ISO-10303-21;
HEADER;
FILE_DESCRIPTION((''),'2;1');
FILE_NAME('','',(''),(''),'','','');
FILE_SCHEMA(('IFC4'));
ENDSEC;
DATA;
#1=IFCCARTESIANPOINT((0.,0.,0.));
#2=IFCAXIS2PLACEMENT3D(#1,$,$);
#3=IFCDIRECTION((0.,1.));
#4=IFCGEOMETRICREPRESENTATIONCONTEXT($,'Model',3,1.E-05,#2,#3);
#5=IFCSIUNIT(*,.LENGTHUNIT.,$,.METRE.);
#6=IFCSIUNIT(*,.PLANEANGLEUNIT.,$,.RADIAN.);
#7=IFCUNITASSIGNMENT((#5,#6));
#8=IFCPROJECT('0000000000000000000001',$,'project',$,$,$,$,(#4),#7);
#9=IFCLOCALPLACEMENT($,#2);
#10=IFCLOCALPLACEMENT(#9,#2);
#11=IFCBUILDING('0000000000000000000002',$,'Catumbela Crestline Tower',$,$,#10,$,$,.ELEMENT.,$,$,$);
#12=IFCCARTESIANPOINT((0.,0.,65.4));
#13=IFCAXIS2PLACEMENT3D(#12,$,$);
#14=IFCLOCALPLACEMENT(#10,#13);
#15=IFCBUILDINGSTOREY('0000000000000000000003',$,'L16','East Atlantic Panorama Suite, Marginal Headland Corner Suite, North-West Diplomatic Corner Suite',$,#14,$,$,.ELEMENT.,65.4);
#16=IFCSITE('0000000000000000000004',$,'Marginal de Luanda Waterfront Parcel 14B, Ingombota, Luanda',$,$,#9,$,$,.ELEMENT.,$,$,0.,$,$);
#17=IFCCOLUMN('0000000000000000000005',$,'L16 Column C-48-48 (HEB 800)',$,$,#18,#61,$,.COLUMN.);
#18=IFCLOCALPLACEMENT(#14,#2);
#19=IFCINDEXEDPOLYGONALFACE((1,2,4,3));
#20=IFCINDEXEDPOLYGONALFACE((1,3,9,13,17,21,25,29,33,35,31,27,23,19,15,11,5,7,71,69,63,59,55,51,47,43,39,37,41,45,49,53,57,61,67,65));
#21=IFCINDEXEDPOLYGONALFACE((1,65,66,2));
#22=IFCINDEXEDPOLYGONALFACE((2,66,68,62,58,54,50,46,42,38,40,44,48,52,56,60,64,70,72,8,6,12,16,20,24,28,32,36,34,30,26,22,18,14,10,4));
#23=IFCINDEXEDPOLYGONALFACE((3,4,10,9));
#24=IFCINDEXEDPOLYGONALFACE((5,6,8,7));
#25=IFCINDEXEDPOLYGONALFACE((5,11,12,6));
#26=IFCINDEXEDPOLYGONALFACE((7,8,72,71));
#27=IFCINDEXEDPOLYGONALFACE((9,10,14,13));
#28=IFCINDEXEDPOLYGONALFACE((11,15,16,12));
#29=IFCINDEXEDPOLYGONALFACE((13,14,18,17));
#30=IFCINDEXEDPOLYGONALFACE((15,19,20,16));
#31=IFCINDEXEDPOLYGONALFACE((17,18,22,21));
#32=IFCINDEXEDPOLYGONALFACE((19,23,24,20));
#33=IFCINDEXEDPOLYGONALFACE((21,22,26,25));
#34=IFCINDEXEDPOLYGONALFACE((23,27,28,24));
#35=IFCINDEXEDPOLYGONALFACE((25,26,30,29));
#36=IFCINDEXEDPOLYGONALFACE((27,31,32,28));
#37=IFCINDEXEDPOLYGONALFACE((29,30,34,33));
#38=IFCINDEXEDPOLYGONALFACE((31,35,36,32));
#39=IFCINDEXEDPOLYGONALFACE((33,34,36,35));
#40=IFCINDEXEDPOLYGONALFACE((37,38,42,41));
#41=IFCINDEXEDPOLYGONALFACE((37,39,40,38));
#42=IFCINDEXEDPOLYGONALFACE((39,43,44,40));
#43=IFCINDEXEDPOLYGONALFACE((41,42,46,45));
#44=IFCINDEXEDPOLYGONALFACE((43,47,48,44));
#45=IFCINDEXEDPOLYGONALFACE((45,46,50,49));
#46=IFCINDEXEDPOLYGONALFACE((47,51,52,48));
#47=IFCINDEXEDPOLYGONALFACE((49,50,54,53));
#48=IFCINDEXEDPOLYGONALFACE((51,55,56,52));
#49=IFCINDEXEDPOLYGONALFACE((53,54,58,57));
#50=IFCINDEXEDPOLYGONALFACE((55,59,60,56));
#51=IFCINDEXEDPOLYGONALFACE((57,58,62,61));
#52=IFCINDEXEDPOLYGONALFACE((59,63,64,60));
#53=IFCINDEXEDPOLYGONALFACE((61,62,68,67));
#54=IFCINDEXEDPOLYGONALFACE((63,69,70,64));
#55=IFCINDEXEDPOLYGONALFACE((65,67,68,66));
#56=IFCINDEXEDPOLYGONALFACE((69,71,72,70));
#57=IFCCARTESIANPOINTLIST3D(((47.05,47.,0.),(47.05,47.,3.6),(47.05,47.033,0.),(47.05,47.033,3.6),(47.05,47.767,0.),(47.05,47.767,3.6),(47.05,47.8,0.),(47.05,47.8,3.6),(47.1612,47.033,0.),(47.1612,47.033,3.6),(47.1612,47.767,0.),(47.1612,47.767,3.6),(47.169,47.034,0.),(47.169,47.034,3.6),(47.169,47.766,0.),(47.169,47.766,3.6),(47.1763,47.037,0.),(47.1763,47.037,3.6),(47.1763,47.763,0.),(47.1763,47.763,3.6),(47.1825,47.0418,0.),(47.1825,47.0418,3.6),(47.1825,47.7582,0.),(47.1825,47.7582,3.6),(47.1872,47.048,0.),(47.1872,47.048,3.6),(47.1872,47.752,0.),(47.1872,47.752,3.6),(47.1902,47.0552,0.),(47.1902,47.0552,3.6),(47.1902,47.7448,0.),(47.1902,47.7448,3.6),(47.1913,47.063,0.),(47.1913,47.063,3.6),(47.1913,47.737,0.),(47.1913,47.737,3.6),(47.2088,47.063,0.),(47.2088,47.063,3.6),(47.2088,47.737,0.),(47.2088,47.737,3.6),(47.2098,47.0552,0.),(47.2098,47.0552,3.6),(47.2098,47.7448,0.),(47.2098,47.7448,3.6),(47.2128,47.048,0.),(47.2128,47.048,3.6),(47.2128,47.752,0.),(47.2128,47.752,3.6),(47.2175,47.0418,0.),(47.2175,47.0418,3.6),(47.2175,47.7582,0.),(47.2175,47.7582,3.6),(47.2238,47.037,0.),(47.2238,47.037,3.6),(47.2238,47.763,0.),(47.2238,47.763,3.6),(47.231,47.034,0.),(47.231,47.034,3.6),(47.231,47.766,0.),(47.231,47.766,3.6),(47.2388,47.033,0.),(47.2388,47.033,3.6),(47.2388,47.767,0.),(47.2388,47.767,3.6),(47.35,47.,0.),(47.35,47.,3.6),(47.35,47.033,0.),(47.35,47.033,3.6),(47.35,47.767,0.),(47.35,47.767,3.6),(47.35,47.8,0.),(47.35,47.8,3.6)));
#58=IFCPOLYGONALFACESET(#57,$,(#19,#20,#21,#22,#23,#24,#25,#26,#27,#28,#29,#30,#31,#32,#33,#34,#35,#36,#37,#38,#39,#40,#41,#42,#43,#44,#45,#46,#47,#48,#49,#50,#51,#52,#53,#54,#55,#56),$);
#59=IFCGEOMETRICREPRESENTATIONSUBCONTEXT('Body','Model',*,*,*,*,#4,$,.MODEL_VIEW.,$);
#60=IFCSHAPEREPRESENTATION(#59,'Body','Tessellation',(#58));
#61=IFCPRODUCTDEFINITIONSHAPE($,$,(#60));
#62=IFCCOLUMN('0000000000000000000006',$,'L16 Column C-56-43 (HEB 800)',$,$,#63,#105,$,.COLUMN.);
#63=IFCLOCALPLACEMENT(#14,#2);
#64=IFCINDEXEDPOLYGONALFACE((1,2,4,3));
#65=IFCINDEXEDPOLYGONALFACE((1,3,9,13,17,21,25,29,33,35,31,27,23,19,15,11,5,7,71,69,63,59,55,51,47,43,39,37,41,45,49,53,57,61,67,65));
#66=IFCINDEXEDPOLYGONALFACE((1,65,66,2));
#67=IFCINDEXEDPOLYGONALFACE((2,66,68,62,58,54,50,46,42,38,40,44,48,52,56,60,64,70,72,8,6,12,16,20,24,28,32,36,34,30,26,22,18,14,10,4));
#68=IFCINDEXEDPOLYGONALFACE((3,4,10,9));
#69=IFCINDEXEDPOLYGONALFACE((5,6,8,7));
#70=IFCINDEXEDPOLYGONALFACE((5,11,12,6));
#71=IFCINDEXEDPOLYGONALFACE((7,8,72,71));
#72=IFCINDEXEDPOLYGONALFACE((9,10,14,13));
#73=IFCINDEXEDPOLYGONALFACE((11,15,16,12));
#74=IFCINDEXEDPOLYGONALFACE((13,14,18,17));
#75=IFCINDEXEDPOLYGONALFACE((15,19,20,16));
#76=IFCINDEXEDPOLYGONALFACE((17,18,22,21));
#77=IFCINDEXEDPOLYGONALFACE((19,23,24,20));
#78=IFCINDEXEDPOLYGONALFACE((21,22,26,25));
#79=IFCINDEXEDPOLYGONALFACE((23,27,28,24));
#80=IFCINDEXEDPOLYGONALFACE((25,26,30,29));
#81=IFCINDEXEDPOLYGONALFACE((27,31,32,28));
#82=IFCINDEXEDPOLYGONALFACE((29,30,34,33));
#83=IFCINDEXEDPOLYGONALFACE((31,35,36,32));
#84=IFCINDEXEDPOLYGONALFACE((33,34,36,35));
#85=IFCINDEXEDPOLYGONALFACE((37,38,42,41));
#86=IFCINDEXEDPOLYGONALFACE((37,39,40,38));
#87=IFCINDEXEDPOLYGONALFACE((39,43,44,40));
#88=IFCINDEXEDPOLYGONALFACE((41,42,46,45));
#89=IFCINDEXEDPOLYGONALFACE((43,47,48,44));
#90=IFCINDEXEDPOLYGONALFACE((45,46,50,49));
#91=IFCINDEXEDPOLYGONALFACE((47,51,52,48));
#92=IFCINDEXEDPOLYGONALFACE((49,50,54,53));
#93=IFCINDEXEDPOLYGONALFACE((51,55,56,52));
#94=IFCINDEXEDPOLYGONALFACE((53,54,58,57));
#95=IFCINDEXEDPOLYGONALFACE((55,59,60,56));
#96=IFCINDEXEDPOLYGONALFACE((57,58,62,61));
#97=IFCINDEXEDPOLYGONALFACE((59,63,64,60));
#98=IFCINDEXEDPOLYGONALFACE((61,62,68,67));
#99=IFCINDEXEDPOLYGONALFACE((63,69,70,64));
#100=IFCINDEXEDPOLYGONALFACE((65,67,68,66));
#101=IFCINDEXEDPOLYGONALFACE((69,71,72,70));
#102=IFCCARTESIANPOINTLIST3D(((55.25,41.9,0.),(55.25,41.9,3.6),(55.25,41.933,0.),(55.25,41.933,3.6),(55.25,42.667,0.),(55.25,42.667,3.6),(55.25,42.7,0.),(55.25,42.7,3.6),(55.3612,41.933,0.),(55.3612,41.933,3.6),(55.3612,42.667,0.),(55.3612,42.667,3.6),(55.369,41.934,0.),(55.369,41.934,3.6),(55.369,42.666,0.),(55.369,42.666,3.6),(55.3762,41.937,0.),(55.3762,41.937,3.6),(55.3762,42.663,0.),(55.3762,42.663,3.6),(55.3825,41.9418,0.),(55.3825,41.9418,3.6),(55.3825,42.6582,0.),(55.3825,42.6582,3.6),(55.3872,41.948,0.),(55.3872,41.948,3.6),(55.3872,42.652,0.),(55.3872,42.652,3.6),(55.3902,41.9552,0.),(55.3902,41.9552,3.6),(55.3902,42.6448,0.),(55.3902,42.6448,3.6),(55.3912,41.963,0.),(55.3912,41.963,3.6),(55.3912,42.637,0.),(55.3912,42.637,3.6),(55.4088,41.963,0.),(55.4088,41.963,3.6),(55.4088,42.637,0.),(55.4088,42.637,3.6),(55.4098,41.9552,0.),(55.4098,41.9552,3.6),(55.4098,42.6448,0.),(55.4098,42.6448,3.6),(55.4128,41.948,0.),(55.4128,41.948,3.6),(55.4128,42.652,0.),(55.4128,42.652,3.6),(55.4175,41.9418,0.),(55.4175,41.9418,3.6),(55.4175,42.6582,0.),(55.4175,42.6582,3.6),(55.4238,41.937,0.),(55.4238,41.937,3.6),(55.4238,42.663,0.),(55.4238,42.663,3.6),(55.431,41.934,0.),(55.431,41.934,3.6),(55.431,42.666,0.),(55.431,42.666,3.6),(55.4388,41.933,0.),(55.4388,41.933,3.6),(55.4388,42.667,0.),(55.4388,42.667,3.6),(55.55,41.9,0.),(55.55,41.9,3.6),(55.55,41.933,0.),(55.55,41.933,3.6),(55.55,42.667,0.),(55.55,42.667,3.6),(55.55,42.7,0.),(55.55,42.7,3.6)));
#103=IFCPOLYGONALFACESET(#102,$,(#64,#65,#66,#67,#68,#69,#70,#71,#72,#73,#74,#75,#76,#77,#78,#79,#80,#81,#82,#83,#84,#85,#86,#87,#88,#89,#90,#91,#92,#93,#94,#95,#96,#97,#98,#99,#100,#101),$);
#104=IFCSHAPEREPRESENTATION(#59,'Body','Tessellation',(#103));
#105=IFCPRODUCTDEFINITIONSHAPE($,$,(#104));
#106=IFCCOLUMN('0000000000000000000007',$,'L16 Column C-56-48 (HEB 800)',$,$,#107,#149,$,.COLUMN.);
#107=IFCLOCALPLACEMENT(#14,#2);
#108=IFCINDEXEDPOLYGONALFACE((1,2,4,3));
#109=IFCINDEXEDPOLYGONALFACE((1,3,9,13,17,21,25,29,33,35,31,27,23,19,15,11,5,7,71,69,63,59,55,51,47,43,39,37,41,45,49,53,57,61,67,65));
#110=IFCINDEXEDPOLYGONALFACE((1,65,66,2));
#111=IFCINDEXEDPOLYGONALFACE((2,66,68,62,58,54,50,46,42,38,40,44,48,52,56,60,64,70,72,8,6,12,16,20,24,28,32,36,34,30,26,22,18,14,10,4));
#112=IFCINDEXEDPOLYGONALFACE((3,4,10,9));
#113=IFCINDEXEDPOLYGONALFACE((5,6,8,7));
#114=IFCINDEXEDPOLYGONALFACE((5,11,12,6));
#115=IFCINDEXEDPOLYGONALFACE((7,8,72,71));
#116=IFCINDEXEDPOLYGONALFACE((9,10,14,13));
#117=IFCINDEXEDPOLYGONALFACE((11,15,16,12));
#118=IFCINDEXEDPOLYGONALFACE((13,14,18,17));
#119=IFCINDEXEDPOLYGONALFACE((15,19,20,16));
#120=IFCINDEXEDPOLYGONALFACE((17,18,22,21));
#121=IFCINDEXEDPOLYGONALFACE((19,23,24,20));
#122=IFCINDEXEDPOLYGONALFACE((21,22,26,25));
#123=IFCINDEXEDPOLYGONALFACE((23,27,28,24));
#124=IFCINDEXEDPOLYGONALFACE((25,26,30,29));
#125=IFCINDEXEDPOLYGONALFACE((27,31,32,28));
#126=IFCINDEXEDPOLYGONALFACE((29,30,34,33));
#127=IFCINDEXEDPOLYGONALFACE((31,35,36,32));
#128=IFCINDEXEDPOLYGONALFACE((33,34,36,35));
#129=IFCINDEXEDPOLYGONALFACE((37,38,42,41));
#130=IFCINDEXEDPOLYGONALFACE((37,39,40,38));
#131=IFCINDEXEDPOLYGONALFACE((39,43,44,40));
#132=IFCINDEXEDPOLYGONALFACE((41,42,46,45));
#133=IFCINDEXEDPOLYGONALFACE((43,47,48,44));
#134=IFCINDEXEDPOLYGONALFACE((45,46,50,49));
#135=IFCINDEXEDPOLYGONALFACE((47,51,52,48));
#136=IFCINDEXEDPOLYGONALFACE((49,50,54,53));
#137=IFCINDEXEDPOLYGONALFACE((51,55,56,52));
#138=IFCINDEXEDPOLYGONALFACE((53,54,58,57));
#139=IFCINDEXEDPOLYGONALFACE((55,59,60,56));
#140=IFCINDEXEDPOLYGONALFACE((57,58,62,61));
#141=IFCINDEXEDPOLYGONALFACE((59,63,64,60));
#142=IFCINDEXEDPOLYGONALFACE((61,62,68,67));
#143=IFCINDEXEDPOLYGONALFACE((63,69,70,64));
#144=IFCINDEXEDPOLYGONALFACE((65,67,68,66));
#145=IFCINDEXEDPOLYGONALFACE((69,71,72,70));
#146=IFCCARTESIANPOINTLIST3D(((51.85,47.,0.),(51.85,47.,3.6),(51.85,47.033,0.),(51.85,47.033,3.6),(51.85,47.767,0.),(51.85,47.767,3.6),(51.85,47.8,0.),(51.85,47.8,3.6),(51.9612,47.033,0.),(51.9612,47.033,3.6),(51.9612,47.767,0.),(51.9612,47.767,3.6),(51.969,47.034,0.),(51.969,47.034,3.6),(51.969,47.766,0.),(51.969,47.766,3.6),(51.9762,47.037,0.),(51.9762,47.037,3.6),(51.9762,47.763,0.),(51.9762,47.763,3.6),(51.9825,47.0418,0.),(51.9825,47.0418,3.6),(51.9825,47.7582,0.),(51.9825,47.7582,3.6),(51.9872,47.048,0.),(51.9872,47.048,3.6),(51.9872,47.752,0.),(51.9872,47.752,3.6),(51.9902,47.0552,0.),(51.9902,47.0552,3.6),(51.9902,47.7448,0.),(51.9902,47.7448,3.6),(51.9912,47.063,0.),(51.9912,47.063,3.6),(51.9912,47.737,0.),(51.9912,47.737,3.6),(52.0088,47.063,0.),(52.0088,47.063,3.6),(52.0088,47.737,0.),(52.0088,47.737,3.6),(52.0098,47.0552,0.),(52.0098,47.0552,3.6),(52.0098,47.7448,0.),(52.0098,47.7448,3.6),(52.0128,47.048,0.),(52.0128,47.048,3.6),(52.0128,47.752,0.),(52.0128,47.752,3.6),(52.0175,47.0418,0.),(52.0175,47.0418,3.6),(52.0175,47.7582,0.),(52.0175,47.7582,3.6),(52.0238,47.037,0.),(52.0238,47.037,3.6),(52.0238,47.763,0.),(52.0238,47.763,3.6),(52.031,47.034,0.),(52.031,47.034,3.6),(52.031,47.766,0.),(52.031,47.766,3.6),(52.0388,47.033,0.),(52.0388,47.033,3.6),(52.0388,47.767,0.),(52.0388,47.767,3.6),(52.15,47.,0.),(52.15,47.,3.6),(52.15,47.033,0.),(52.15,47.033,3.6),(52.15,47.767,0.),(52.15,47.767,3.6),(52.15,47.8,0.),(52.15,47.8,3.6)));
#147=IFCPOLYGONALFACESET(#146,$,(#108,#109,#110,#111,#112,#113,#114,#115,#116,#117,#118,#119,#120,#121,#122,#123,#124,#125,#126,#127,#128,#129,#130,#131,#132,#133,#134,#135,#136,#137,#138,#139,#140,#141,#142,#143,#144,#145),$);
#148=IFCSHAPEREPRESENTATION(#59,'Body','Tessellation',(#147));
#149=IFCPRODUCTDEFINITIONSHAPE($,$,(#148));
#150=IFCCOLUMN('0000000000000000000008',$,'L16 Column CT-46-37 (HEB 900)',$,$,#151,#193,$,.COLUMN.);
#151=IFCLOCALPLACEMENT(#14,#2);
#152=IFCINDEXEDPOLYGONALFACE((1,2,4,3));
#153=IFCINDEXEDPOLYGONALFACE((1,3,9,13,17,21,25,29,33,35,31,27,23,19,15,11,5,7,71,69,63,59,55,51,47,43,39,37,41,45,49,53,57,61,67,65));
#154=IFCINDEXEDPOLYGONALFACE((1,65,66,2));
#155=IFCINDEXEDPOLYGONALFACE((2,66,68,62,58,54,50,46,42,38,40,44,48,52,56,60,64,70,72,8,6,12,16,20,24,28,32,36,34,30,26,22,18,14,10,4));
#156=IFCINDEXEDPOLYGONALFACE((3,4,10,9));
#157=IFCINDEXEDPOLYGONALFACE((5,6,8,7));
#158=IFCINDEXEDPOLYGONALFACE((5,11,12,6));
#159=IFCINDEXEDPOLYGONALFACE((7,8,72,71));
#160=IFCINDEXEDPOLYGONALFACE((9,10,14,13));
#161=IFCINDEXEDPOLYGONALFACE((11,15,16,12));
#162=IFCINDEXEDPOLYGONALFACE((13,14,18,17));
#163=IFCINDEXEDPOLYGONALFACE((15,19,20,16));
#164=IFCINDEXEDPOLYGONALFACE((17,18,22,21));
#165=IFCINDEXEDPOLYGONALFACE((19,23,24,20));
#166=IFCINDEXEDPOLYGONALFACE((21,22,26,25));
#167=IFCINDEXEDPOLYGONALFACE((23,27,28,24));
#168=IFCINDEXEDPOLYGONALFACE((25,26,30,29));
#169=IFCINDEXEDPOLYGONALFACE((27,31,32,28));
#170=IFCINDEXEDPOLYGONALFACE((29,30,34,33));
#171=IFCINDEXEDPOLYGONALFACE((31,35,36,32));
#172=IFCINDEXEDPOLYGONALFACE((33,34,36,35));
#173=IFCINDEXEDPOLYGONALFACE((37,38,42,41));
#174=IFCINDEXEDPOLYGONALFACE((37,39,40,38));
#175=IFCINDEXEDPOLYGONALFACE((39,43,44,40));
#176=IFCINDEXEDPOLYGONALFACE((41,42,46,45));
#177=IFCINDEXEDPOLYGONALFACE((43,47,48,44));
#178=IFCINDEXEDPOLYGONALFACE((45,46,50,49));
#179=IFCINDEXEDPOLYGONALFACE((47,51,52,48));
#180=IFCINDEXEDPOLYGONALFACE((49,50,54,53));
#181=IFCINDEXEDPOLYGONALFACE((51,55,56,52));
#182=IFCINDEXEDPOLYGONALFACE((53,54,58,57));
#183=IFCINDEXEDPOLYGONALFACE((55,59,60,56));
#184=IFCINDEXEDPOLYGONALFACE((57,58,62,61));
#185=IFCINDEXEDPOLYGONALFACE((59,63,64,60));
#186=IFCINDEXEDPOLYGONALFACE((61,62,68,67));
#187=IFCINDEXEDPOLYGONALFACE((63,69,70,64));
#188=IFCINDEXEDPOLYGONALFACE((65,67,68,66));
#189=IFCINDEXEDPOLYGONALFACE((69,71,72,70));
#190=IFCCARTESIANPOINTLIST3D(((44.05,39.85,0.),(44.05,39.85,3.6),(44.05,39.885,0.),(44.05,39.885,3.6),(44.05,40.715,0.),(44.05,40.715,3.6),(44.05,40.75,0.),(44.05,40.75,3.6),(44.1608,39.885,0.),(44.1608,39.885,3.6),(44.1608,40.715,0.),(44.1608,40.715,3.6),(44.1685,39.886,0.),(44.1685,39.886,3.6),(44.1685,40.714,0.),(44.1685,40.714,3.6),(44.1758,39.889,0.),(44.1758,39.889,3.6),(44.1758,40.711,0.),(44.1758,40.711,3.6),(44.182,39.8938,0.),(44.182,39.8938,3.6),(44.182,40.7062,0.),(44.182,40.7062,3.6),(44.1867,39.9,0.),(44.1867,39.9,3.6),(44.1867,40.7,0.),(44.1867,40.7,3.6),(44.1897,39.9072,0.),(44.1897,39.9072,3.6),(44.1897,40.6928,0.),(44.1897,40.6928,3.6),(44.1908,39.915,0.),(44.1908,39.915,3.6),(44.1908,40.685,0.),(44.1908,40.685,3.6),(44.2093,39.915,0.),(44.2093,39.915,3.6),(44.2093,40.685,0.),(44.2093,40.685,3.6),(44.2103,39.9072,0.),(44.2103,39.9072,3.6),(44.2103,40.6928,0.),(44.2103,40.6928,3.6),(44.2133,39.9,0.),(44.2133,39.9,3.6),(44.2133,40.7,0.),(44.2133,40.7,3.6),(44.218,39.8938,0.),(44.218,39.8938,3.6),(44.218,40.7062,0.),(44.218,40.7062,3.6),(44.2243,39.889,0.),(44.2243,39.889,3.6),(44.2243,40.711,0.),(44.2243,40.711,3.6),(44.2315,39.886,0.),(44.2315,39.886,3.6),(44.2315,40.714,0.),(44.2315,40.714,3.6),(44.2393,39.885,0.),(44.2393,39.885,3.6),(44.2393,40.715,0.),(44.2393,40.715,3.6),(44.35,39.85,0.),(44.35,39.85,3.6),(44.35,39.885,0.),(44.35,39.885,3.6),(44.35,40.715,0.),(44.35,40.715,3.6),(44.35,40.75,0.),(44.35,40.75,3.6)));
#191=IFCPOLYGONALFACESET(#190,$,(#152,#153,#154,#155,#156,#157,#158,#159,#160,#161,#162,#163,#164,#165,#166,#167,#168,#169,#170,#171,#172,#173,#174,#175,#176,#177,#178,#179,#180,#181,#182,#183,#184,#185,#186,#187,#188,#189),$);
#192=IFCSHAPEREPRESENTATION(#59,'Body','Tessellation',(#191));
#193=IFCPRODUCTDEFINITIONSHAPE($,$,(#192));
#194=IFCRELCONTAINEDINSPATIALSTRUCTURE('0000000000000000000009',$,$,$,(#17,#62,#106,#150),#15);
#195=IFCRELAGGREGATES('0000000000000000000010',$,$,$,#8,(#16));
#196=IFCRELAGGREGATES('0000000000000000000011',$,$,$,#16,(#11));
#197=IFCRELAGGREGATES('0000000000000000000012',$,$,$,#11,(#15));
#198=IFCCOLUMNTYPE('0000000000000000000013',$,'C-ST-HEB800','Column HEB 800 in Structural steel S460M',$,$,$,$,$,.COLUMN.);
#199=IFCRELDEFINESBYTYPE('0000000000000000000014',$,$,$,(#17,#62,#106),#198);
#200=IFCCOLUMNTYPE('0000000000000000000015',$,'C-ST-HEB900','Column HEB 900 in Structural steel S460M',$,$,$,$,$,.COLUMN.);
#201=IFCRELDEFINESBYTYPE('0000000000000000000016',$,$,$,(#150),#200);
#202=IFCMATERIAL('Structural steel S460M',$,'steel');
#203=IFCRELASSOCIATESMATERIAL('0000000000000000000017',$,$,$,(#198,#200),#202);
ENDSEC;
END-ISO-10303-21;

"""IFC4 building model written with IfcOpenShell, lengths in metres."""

from ifc_helpers import new_model, si_unit, direction, frame, origin, origin_2d, place, context, subcontext, project, spatial, i_section, extrude, material, material_profile, profile_set, type_object, element, save


model = new_model("IFC4")

# Units and contexts
model_context = context("Model", 3, precision=1e-05, world=origin(), true_north=direction((0.0, 1.0)))
body_context = subcontext(model_context, "Body", "Model", "MODEL_VIEW")
ifc_project = project(units=[si_unit("LENGTHUNIT", "METRE"), si_unit("PLANEANGLEUNIT", "RADIAN")], contexts=[model_context])

# Site, building, storey
site_placement = place(None, origin())
site = spatial("IfcSite", under=ifc_project, at=site_placement, Name="Marginal de Luanda Waterfront Parcel 14B, Ingombota, Luanda", CompositionType="ELEMENT", RefElevation=0.0)
building_placement = place(site_placement, origin())
building = spatial("IfcBuilding", under=site, at=building_placement, Name="Catumbela Crestline Tower", CompositionType="ELEMENT")
storey_placement = place(building_placement, frame((0.0, 0.0, 65.4)))
storey = spatial("IfcBuildingStorey", under=building, at=storey_placement, Name="L16", Description="East Atlantic Panorama Suite, Marginal Headland Corner Suite, North-West Diplomatic Corner Suite", CompositionType="ELEMENT", Elevation=65.4)

# Columns
ifc_material_1 = material(Name="Structural steel S460M", Category="steel")
ifc_material_profile_1 = material_profile(ifc_material_1, i_section(OverallWidth=0.3, OverallDepth=0.8, WebThickness=0.0175, FlangeThickness=0.033, FilletRadius=0.03, at=origin_2d()), Name="HEB 800")
ifc_profile_set_1 = profile_set([ifc_material_profile_1], Name="Structural steel S460M")
column_type_1 = type_object("IfcColumnType", Name="C-ST-HEB800", Description="Column HEB 800 in Structural steel S460M", PredefinedType="COLUMN", material=ifc_profile_set_1)
for number, where, z_axis, x_axis, name in (
    (1, (47.2, 47.4, 0.0), (0.0, 0.0, 1.0), (1.0, 0.0, 0.0), "L16 Column C-48-48 (HEB 800)"),
    (2, (55.4, 42.3, 0.0), (0.0, 0.0, 1.0), (1.0, 0.0, 0.0), "L16 Column C-56-43 (HEB 800)"),
    (3, (52.0, 47.4, 0.0), (0.0, 0.0, 1.0), (1.0, 0.0, 0.0), "L16 Column C-56-48 (HEB 800)"),
):
    element("IfcColumn", number, at=place(storey_placement, frame(where, z_axis=z_axis, x_axis=x_axis)), inside=storey, type_object=column_type_1, Name=name, PredefinedType="COLUMN", context=body_context, shape_type="SweptSolid", body=[
        extrude(i_section(OverallWidth=0.3, OverallDepth=0.8, WebThickness=0.0175, FlangeThickness=0.033, FilletRadius=0.03, at=origin_2d()), origin(), (0.0, 0.0, 1.0), 3.6),
    ])
ifc_material_profile_2 = material_profile(ifc_material_1, i_section(OverallWidth=0.3, OverallDepth=0.9, WebThickness=0.0185, FlangeThickness=0.035, FilletRadius=0.03, at=origin_2d()), Name="HEB 900")
ifc_profile_set_2 = profile_set([ifc_material_profile_2], Name="Structural steel S460M")
column_type_2 = type_object("IfcColumnType", Name="C-ST-HEB900", Description="Column HEB 900 in Structural steel S460M", PredefinedType="COLUMN", material=ifc_profile_set_2)
column_placement = place(storey_placement, frame((44.2, 40.3, 0.0), z_axis=(0.0, 0.0, 1.0), x_axis=(1.0, 0.0, 0.0)))
element("IfcColumn", 4, at=column_placement, inside=storey, type_object=column_type_2, Name="L16 Column CT-46-37 (HEB 900)", PredefinedType="COLUMN", context=body_context, shape_type="SweptSolid", body=[
    extrude(i_section(OverallWidth=0.3, OverallDepth=0.9, WebThickness=0.0185, FlangeThickness=0.035, FilletRadius=0.03, at=origin_2d()), origin(), (0.0, 0.0, 1.0), 3.6),
])

save(model, "model.ifc")
